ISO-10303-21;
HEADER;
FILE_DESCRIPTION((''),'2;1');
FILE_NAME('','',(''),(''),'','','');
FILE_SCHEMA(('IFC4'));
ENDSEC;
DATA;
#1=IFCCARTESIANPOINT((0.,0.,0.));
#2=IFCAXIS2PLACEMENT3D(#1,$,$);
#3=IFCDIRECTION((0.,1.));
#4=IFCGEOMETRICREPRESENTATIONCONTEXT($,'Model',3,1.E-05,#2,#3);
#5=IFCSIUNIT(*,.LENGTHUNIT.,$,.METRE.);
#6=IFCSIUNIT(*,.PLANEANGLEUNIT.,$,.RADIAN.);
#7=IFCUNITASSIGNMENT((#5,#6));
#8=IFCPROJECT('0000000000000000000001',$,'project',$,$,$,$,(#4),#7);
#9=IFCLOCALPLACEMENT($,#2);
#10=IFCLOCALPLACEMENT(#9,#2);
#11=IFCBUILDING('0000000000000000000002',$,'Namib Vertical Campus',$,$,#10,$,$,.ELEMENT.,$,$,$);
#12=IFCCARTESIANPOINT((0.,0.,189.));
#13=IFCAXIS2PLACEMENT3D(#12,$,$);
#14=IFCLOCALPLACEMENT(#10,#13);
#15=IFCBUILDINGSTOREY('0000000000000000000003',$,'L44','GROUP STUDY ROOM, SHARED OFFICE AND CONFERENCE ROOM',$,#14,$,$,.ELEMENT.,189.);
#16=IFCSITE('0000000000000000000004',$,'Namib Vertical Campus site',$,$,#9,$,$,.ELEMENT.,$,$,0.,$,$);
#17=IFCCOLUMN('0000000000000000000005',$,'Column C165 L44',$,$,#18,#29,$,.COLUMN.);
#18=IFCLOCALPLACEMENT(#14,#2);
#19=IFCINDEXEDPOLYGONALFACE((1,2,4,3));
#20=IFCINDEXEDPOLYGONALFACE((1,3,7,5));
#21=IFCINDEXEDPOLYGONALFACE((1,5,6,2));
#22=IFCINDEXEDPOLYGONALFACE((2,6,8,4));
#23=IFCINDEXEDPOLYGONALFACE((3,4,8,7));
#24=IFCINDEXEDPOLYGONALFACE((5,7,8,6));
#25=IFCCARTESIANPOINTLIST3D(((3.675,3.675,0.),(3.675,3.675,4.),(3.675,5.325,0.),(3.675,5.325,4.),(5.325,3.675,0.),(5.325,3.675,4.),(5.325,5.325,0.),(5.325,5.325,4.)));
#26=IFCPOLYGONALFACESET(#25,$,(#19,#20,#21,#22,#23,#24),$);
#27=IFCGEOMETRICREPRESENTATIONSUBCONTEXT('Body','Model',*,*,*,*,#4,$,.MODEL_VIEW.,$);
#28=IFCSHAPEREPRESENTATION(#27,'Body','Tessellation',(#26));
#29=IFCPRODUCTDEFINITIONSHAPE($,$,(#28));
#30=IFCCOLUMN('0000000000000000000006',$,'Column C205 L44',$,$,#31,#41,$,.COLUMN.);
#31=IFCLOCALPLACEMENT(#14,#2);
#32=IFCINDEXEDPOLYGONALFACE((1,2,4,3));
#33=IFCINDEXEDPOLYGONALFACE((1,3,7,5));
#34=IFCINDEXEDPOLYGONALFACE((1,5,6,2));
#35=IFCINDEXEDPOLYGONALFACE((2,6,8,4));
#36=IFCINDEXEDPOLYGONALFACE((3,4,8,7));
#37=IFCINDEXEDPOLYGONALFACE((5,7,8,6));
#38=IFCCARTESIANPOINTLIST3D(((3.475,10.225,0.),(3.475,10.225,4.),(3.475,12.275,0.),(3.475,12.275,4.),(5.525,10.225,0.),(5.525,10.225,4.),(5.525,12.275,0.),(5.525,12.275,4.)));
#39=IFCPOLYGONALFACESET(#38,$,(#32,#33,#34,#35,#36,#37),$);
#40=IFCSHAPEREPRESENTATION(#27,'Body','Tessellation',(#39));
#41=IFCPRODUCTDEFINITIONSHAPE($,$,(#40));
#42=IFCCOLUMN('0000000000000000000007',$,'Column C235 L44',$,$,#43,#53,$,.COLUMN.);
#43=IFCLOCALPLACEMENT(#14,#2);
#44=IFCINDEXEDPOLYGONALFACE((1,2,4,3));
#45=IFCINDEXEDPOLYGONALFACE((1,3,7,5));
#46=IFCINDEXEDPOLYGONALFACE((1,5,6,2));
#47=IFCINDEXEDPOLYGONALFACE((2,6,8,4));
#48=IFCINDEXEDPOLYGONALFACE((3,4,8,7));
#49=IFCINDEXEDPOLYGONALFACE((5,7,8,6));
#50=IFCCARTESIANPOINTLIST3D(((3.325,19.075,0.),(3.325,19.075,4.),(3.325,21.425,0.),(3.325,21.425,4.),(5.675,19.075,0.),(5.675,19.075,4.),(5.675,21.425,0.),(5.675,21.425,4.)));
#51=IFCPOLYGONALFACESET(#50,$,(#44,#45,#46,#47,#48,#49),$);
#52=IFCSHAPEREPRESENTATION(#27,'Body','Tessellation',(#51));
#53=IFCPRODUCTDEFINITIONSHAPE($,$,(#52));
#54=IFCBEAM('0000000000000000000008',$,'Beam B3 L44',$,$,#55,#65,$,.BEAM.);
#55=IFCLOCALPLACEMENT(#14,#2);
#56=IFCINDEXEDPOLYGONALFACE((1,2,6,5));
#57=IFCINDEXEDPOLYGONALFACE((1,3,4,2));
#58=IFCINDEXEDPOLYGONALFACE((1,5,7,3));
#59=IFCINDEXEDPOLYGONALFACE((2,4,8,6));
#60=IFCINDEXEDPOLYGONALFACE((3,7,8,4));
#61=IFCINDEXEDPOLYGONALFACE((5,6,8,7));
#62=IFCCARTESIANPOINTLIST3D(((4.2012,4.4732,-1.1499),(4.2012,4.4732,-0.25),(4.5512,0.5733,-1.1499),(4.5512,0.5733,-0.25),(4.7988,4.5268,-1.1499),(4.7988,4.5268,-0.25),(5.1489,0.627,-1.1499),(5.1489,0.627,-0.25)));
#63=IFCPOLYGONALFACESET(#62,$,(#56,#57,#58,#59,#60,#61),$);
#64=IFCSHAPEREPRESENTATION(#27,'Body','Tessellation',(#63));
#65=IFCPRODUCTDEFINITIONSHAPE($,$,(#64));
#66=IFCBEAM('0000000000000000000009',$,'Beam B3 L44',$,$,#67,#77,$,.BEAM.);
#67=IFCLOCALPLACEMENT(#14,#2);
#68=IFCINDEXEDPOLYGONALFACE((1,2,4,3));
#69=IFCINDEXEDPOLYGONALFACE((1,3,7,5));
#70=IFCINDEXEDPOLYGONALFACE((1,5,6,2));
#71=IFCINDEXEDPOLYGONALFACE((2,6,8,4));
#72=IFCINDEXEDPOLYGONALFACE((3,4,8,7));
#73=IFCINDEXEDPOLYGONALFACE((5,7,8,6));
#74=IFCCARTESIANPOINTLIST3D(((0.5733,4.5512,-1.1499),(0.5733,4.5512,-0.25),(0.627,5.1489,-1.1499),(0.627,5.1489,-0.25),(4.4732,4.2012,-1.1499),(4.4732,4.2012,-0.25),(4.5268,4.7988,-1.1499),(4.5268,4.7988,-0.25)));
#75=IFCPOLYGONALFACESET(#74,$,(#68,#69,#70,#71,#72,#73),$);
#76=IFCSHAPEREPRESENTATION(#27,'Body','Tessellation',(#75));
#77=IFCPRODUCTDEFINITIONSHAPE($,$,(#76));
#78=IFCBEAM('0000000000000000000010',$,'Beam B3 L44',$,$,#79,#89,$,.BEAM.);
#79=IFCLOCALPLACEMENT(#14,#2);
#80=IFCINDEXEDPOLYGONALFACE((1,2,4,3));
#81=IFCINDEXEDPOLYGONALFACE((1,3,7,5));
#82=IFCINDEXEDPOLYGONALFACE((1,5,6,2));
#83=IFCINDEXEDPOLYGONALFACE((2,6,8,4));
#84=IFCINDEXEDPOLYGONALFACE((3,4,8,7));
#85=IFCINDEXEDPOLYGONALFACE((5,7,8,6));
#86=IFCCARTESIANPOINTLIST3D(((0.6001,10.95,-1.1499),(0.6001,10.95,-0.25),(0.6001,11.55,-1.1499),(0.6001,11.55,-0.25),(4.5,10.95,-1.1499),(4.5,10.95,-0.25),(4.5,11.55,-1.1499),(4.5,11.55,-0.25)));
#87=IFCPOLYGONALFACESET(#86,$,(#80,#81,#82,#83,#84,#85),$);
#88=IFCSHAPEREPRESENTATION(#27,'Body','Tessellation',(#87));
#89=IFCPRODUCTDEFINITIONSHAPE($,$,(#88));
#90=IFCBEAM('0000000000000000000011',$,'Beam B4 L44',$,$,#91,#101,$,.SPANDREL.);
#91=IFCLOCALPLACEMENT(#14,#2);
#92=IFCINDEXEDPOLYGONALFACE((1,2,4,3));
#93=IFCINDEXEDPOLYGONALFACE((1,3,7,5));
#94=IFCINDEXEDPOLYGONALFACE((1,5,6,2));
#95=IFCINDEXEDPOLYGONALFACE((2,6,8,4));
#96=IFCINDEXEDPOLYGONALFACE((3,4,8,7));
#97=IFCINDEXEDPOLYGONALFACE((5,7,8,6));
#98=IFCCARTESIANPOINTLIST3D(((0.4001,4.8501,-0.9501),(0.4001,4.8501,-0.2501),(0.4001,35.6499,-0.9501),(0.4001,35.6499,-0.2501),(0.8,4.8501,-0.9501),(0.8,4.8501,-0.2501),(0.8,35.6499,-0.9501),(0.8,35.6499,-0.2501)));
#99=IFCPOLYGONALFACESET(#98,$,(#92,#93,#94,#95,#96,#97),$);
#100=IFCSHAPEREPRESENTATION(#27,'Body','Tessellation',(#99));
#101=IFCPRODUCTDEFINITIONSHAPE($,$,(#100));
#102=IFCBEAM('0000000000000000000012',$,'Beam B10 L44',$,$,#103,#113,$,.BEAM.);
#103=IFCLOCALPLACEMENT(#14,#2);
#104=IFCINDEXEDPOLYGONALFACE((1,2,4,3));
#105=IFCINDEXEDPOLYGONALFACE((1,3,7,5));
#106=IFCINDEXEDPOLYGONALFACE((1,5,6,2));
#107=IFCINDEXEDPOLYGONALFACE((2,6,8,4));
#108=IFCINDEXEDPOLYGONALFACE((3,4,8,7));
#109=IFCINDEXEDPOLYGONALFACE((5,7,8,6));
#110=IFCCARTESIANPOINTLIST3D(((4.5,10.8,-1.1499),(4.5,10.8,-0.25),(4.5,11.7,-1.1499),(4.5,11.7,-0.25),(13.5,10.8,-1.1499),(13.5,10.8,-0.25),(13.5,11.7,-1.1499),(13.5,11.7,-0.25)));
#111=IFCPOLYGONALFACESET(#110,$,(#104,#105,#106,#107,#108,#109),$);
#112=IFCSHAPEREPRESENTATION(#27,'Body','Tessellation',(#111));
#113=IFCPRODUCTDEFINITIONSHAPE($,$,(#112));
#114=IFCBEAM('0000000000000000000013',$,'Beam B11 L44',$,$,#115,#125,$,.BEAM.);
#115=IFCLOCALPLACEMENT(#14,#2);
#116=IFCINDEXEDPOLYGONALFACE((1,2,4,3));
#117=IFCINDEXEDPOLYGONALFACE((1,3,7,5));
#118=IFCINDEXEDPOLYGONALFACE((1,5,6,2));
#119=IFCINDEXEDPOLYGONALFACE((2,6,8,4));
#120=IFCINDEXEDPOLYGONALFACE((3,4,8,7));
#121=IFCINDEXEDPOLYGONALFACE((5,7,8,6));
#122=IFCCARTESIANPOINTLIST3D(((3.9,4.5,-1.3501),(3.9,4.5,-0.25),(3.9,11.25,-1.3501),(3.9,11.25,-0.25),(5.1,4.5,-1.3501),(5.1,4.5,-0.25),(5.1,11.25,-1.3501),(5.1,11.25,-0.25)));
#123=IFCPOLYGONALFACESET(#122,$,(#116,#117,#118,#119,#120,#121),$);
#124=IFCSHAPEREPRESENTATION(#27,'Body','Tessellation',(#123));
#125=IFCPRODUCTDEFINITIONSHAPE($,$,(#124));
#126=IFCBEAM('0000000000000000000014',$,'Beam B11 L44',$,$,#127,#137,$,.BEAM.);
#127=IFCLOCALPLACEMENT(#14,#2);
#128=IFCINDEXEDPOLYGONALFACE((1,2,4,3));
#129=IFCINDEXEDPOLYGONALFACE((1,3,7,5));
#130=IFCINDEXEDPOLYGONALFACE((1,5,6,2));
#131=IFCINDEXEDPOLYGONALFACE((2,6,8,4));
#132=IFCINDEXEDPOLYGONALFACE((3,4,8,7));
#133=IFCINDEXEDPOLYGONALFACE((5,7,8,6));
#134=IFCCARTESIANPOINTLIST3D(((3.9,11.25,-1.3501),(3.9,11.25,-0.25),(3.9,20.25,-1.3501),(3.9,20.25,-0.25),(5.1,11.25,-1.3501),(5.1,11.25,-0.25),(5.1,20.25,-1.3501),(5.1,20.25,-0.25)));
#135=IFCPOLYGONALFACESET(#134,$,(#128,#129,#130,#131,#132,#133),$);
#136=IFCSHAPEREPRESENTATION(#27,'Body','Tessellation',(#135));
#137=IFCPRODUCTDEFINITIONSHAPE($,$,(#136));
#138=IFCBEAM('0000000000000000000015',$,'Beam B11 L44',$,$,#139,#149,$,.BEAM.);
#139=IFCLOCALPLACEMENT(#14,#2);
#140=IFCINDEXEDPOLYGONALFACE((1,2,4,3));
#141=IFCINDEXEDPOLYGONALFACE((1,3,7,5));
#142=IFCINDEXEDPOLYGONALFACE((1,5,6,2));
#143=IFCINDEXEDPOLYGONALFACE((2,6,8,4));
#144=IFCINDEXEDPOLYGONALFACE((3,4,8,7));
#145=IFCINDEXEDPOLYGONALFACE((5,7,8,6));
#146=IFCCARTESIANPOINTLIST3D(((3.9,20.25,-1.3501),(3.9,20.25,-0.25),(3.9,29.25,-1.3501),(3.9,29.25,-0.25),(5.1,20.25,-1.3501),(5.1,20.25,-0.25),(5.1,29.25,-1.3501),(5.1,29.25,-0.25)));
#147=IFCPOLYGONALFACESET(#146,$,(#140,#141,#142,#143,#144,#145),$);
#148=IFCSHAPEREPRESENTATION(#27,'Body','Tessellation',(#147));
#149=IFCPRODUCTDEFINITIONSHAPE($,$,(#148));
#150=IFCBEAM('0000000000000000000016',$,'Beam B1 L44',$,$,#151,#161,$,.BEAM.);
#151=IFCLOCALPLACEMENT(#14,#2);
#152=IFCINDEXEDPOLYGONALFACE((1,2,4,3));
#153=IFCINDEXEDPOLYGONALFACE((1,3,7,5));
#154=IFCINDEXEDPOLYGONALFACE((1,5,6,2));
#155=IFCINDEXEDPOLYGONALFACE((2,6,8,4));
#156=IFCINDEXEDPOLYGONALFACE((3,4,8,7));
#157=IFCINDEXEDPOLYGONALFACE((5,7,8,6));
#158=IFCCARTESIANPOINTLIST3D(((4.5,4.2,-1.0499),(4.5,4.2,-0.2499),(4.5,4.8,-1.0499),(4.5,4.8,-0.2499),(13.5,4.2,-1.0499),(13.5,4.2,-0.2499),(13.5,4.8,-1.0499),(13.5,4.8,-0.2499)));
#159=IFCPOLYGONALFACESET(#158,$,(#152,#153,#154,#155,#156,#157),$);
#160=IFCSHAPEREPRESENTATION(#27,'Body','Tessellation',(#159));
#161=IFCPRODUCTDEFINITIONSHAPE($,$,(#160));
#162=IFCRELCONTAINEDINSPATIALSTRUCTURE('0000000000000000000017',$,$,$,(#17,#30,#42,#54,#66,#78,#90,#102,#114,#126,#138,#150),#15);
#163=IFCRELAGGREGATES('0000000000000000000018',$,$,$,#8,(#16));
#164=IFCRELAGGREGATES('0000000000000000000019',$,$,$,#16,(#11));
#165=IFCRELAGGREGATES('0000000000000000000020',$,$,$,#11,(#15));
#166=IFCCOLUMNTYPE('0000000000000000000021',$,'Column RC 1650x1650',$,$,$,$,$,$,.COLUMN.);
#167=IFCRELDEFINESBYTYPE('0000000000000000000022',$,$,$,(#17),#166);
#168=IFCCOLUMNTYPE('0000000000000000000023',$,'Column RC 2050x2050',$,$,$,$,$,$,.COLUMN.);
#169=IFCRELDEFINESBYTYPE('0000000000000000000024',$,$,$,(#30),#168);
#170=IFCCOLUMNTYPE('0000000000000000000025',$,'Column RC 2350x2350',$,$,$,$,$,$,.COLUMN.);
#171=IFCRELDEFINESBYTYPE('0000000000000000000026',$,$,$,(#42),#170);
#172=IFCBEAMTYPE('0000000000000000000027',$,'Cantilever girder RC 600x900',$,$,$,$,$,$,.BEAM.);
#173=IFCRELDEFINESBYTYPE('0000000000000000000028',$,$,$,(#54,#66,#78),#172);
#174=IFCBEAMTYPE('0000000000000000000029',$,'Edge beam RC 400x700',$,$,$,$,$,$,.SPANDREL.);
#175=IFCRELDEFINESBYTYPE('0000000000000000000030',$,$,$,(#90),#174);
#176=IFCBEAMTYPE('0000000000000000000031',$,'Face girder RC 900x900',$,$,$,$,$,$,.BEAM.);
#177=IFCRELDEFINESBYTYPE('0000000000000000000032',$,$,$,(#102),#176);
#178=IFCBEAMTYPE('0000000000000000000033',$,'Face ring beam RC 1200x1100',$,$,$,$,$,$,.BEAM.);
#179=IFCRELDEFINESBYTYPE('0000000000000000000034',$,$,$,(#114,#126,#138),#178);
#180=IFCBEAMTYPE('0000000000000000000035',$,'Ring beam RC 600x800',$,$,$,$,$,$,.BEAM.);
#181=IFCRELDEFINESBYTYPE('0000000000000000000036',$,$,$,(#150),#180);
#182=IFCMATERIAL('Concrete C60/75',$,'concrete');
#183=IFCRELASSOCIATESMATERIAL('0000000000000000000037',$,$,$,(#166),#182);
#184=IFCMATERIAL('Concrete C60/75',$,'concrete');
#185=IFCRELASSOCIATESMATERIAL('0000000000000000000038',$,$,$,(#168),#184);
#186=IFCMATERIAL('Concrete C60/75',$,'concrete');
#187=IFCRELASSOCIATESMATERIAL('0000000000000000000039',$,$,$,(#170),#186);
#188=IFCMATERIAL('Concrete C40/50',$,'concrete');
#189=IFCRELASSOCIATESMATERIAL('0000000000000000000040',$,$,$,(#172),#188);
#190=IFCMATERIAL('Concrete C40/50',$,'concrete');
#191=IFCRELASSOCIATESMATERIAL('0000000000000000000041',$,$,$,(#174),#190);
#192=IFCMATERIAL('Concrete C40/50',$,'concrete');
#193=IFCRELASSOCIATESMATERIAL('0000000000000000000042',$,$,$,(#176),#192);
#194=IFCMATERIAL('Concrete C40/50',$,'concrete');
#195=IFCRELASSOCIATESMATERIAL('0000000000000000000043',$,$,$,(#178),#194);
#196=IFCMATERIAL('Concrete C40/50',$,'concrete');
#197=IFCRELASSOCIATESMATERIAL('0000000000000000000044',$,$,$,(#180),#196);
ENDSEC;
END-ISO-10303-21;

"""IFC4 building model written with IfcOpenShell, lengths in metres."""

from ifc_helpers import new_model, si_unit, direction, frame, origin, origin_2d, place, context, subcontext, project, spatial, rectangle, extrude, material, material_profile, profile_set, type_object, element, save


model = new_model("IFC4")

# Units and contexts
model_context = context("Model", 3, precision=1e-05, world=origin(), true_north=direction((0.0, 1.0)))
body_context = subcontext(model_context, "Body", "Model", "MODEL_VIEW")
ifc_project = project(units=[si_unit("LENGTHUNIT", "METRE"), si_unit("PLANEANGLEUNIT", "RADIAN")], contexts=[model_context])

# Site, building, storey
site_placement = place(None, origin())
site = spatial("IfcSite", under=ifc_project, at=site_placement, Name="Namib Vertical Campus site", CompositionType="ELEMENT", RefElevation=0.0)
building_placement = place(site_placement, origin())
building = spatial("IfcBuilding", under=site, at=building_placement, Name="Namib Vertical Campus", CompositionType="ELEMENT")
storey_placement = place(building_placement, frame((0.0, 0.0, 189.0)))
storey = spatial("IfcBuildingStorey", under=building, at=storey_placement, Name="L44", Description="GROUP STUDY ROOM, SHARED OFFICE AND CONFERENCE ROOM", CompositionType="ELEMENT", Elevation=189.0)

# Columns
ifc_material_1 = material(Name="Concrete C60/75", Category="concrete")
ifc_material_profile_1 = material_profile(ifc_material_1, rectangle(XDim=1.6499, YDim=1.6499, at=origin_2d()))
ifc_profile_set_1 = profile_set([ifc_material_profile_1], Name="Concrete C60/75")
column_type_1 = type_object("IfcColumnType", Name="Column RC 1650x1650", PredefinedType="COLUMN", material=ifc_profile_set_1)
column_1_placement = place(storey_placement, frame((4.5, 4.5, 0.0), z_axis=(0.0, 0.0, 1.0), x_axis=(1.0, 0.0, 0.0)))
element("IfcColumn", 1, at=column_1_placement, inside=storey, type_object=column_type_1, Name="Column C165 L44", PredefinedType="COLUMN", context=body_context, shape_type="SweptSolid", body=[
    extrude(rectangle(XDim=1.6499, YDim=1.6499, at=origin_2d()), origin(), (0.0, 0.0, 1.0), 4.0),
])
ifc_material_2 = material(Name="Concrete C60/75", Category="concrete")
ifc_material_profile_2 = material_profile(ifc_material_2, rectangle(XDim=2.05, YDim=2.05, at=origin_2d()))
ifc_profile_set_2 = profile_set([ifc_material_profile_2], Name="Concrete C60/75")
column_type_2 = type_object("IfcColumnType", Name="Column RC 2050x2050", PredefinedType="COLUMN", material=ifc_profile_set_2)
column_2_placement = place(storey_placement, frame((4.5, 11.25, 0.0), z_axis=(0.0, 0.0, 1.0), x_axis=(1.0, 0.0, 0.0)))
element("IfcColumn", 2, at=column_2_placement, inside=storey, type_object=column_type_2, Name="Column C205 L44", PredefinedType="COLUMN", context=body_context, shape_type="SweptSolid", body=[
    extrude(rectangle(XDim=2.05, YDim=2.05, at=origin_2d()), origin(), (0.0, 0.0, 1.0), 4.0),
])
ifc_material_3 = material(Name="Concrete C60/75", Category="concrete")
ifc_material_profile_3 = material_profile(ifc_material_3, rectangle(XDim=2.3501, YDim=2.3501, at=origin_2d()))
ifc_profile_set_3 = profile_set([ifc_material_profile_3], Name="Concrete C60/75")
column_type_3 = type_object("IfcColumnType", Name="Column RC 2350x2350", PredefinedType="COLUMN", material=ifc_profile_set_3)
column_3_placement = place(storey_placement, frame((4.5, 20.25, 0.0), z_axis=(0.0, 0.0, 1.0), x_axis=(1.0, 0.0, 0.0)))
element("IfcColumn", 3, at=column_3_placement, inside=storey, type_object=column_type_3, Name="Column C235 L44", PredefinedType="COLUMN", context=body_context, shape_type="SweptSolid", body=[
    extrude(rectangle(XDim=2.3501, YDim=2.3501, at=origin_2d()), origin(), (0.0, 0.0, 1.0), 4.0),
])

# Beams
ifc_material_4 = material(Name="Concrete C40/50", Category="concrete")
ifc_material_profile_4 = material_profile(ifc_material_4, rectangle(XDim=0.6001, YDim=0.8999, at=origin_2d()))
ifc_profile_set_4 = profile_set([ifc_material_profile_4], Name="Concrete C40/50")
beam_type_1 = type_object("IfcBeamType", Name="Cantilever girder RC 600x900", PredefinedType="BEAM", material=ifc_profile_set_4)
for number, where, z_axis, x_axis, name in (
    (4, (4.5, 4.5, -0.7), (0.089411, -0.995995, 0.0), (0.995995, 0.089411, 0.0), "Beam B3 L44"),
    (5, (4.5, 4.5, -0.7), (-0.995995, 0.089411, 0.0), (-0.089411, -0.995995, 0.0), "Beam B3 L44"),
):
    element("IfcBeam", number, at=place(storey_placement, frame(where, z_axis=z_axis, x_axis=x_axis)), inside=storey, type_object=beam_type_1, Name=name, PredefinedType="BEAM", context=body_context, shape_type="SweptSolid", body=[
        extrude(rectangle(XDim=0.6001, YDim=0.8999, at=origin_2d()), origin(), (0.0, 0.0, 1.0), 3.9155),
    ])
beam_1_placement = place(storey_placement, frame((4.5, 11.25, -0.7), z_axis=(-1.0, 0.0, 0.0), x_axis=(0.0, -1.0, 0.0)))
element("IfcBeam", 6, at=beam_1_placement, inside=storey, type_object=beam_type_1, Name="Beam B3 L44", PredefinedType="BEAM", context=body_context, shape_type="SweptSolid", body=[
    extrude(rectangle(XDim=0.6001, YDim=0.8999, at=origin_2d()), origin(), (0.0, 0.0, 1.0), 3.8999),
])
ifc_material_5 = material(Name="Concrete C40/50", Category="concrete")
ifc_material_profile_5 = material_profile(ifc_material_5, rectangle(XDim=0.3999, YDim=0.7, at=origin_2d()))
ifc_profile_set_5 = profile_set([ifc_material_profile_5], Name="Concrete C40/50")
beam_type_2 = type_object("IfcBeamType", Name="Edge beam RC 400x700", PredefinedType="SPANDREL", material=ifc_profile_set_5)
beam_2_placement = place(storey_placement, frame((0.6001, 4.8501, -0.6001), z_axis=(0.0, 1.0, 0.0), x_axis=(-1.0, 0.0, 0.0)))
element("IfcBeam", 7, at=beam_2_placement, inside=storey, type_object=beam_type_2, Name="Beam B4 L44", PredefinedType="SPANDREL", context=body_context, shape_type="SweptSolid", body=[
    extrude(rectangle(XDim=0.3999, YDim=0.7, at=origin_2d()), origin(), (0.0, 0.0, 1.0), 30.7998),
])
ifc_material_6 = material(Name="Concrete C40/50", Category="concrete")
ifc_material_profile_6 = material_profile(ifc_material_6, rectangle(XDim=0.8999, YDim=0.8999, at=origin_2d()))
ifc_profile_set_6 = profile_set([ifc_material_profile_6], Name="Concrete C40/50")
beam_type_3 = type_object("IfcBeamType", Name="Face girder RC 900x900", PredefinedType="BEAM", material=ifc_profile_set_6)
beam_3_placement = place(storey_placement, frame((4.5, 11.25, -0.7), z_axis=(1.0, 0.0, 0.0), x_axis=(0.0, 1.0, 0.0)))
element("IfcBeam", 8, at=beam_3_placement, inside=storey, type_object=beam_type_3, Name="Beam B10 L44", PredefinedType="BEAM", context=body_context, shape_type="SweptSolid", body=[
    extrude(rectangle(XDim=0.8999, YDim=0.8999, at=origin_2d()), origin(), (0.0, 0.0, 1.0), 9.0),
])
ifc_material_7 = material(Name="Concrete C40/50", Category="concrete")
ifc_material_profile_7 = material_profile(ifc_material_7, rectangle(XDim=1.2, YDim=1.1001, at=origin_2d()))
ifc_profile_set_7 = profile_set([ifc_material_profile_7], Name="Concrete C40/50")
beam_type_4 = type_object("IfcBeamType", Name="Face ring beam RC 1200x1100", PredefinedType="BEAM", material=ifc_profile_set_7)
beam_4_placement = place(storey_placement, frame((4.5, 4.5, -0.8), z_axis=(0.0, 1.0, 0.0), x_axis=(-1.0, 0.0, 0.0)))
element("IfcBeam", 9, at=beam_4_placement, inside=storey, type_object=beam_type_4, Name="Beam B11 L44", PredefinedType="BEAM", context=body_context, shape_type="SweptSolid", body=[
    extrude(rectangle(XDim=1.2, YDim=1.1001, at=origin_2d()), origin(), (0.0, 0.0, 1.0), 6.75),
])
for number, where, z_axis, x_axis, name in (
    (10, (4.5, 11.25, -0.8), (0.0, 1.0, 0.0), (-1.0, 0.0, 0.0), "Beam B11 L44"),
    (11, (4.5, 20.25, -0.8), (0.0, 1.0, 0.0), (-1.0, 0.0, 0.0), "Beam B11 L44"),
):
    element("IfcBeam", number, at=place(storey_placement, frame(where, z_axis=z_axis, x_axis=x_axis)), inside=storey, type_object=beam_type_4, Name=name, PredefinedType="BEAM", context=body_context, shape_type="SweptSolid", body=[
        extrude(rectangle(XDim=1.2, YDim=1.1001, at=origin_2d()), origin(), (0.0, 0.0, 1.0), 9.0),
    ])
ifc_material_8 = material(Name="Concrete C40/50", Category="concrete")
ifc_material_profile_8 = material_profile(ifc_material_8, rectangle(XDim=0.6001, YDim=0.8, at=origin_2d()))
ifc_profile_set_8 = profile_set([ifc_material_profile_8], Name="Concrete C40/50")
beam_type_5 = type_object("IfcBeamType", Name="Ring beam RC 600x800", PredefinedType="BEAM", material=ifc_profile_set_8)
beam_5_placement = place(storey_placement, frame((4.5, 4.5, -0.6499), z_axis=(1.0, 0.0, 0.0), x_axis=(0.0, 1.0, 0.0)))
element("IfcBeam", 12, at=beam_5_placement, inside=storey, type_object=beam_type_5, Name="Beam B1 L44", PredefinedType="BEAM", context=body_context, shape_type="SweptSolid", body=[
    extrude(rectangle(XDim=0.6001, YDim=0.8, at=origin_2d()), origin(), (0.0, 0.0, 1.0), 9.0),
])

save(model, "model.ifc")
